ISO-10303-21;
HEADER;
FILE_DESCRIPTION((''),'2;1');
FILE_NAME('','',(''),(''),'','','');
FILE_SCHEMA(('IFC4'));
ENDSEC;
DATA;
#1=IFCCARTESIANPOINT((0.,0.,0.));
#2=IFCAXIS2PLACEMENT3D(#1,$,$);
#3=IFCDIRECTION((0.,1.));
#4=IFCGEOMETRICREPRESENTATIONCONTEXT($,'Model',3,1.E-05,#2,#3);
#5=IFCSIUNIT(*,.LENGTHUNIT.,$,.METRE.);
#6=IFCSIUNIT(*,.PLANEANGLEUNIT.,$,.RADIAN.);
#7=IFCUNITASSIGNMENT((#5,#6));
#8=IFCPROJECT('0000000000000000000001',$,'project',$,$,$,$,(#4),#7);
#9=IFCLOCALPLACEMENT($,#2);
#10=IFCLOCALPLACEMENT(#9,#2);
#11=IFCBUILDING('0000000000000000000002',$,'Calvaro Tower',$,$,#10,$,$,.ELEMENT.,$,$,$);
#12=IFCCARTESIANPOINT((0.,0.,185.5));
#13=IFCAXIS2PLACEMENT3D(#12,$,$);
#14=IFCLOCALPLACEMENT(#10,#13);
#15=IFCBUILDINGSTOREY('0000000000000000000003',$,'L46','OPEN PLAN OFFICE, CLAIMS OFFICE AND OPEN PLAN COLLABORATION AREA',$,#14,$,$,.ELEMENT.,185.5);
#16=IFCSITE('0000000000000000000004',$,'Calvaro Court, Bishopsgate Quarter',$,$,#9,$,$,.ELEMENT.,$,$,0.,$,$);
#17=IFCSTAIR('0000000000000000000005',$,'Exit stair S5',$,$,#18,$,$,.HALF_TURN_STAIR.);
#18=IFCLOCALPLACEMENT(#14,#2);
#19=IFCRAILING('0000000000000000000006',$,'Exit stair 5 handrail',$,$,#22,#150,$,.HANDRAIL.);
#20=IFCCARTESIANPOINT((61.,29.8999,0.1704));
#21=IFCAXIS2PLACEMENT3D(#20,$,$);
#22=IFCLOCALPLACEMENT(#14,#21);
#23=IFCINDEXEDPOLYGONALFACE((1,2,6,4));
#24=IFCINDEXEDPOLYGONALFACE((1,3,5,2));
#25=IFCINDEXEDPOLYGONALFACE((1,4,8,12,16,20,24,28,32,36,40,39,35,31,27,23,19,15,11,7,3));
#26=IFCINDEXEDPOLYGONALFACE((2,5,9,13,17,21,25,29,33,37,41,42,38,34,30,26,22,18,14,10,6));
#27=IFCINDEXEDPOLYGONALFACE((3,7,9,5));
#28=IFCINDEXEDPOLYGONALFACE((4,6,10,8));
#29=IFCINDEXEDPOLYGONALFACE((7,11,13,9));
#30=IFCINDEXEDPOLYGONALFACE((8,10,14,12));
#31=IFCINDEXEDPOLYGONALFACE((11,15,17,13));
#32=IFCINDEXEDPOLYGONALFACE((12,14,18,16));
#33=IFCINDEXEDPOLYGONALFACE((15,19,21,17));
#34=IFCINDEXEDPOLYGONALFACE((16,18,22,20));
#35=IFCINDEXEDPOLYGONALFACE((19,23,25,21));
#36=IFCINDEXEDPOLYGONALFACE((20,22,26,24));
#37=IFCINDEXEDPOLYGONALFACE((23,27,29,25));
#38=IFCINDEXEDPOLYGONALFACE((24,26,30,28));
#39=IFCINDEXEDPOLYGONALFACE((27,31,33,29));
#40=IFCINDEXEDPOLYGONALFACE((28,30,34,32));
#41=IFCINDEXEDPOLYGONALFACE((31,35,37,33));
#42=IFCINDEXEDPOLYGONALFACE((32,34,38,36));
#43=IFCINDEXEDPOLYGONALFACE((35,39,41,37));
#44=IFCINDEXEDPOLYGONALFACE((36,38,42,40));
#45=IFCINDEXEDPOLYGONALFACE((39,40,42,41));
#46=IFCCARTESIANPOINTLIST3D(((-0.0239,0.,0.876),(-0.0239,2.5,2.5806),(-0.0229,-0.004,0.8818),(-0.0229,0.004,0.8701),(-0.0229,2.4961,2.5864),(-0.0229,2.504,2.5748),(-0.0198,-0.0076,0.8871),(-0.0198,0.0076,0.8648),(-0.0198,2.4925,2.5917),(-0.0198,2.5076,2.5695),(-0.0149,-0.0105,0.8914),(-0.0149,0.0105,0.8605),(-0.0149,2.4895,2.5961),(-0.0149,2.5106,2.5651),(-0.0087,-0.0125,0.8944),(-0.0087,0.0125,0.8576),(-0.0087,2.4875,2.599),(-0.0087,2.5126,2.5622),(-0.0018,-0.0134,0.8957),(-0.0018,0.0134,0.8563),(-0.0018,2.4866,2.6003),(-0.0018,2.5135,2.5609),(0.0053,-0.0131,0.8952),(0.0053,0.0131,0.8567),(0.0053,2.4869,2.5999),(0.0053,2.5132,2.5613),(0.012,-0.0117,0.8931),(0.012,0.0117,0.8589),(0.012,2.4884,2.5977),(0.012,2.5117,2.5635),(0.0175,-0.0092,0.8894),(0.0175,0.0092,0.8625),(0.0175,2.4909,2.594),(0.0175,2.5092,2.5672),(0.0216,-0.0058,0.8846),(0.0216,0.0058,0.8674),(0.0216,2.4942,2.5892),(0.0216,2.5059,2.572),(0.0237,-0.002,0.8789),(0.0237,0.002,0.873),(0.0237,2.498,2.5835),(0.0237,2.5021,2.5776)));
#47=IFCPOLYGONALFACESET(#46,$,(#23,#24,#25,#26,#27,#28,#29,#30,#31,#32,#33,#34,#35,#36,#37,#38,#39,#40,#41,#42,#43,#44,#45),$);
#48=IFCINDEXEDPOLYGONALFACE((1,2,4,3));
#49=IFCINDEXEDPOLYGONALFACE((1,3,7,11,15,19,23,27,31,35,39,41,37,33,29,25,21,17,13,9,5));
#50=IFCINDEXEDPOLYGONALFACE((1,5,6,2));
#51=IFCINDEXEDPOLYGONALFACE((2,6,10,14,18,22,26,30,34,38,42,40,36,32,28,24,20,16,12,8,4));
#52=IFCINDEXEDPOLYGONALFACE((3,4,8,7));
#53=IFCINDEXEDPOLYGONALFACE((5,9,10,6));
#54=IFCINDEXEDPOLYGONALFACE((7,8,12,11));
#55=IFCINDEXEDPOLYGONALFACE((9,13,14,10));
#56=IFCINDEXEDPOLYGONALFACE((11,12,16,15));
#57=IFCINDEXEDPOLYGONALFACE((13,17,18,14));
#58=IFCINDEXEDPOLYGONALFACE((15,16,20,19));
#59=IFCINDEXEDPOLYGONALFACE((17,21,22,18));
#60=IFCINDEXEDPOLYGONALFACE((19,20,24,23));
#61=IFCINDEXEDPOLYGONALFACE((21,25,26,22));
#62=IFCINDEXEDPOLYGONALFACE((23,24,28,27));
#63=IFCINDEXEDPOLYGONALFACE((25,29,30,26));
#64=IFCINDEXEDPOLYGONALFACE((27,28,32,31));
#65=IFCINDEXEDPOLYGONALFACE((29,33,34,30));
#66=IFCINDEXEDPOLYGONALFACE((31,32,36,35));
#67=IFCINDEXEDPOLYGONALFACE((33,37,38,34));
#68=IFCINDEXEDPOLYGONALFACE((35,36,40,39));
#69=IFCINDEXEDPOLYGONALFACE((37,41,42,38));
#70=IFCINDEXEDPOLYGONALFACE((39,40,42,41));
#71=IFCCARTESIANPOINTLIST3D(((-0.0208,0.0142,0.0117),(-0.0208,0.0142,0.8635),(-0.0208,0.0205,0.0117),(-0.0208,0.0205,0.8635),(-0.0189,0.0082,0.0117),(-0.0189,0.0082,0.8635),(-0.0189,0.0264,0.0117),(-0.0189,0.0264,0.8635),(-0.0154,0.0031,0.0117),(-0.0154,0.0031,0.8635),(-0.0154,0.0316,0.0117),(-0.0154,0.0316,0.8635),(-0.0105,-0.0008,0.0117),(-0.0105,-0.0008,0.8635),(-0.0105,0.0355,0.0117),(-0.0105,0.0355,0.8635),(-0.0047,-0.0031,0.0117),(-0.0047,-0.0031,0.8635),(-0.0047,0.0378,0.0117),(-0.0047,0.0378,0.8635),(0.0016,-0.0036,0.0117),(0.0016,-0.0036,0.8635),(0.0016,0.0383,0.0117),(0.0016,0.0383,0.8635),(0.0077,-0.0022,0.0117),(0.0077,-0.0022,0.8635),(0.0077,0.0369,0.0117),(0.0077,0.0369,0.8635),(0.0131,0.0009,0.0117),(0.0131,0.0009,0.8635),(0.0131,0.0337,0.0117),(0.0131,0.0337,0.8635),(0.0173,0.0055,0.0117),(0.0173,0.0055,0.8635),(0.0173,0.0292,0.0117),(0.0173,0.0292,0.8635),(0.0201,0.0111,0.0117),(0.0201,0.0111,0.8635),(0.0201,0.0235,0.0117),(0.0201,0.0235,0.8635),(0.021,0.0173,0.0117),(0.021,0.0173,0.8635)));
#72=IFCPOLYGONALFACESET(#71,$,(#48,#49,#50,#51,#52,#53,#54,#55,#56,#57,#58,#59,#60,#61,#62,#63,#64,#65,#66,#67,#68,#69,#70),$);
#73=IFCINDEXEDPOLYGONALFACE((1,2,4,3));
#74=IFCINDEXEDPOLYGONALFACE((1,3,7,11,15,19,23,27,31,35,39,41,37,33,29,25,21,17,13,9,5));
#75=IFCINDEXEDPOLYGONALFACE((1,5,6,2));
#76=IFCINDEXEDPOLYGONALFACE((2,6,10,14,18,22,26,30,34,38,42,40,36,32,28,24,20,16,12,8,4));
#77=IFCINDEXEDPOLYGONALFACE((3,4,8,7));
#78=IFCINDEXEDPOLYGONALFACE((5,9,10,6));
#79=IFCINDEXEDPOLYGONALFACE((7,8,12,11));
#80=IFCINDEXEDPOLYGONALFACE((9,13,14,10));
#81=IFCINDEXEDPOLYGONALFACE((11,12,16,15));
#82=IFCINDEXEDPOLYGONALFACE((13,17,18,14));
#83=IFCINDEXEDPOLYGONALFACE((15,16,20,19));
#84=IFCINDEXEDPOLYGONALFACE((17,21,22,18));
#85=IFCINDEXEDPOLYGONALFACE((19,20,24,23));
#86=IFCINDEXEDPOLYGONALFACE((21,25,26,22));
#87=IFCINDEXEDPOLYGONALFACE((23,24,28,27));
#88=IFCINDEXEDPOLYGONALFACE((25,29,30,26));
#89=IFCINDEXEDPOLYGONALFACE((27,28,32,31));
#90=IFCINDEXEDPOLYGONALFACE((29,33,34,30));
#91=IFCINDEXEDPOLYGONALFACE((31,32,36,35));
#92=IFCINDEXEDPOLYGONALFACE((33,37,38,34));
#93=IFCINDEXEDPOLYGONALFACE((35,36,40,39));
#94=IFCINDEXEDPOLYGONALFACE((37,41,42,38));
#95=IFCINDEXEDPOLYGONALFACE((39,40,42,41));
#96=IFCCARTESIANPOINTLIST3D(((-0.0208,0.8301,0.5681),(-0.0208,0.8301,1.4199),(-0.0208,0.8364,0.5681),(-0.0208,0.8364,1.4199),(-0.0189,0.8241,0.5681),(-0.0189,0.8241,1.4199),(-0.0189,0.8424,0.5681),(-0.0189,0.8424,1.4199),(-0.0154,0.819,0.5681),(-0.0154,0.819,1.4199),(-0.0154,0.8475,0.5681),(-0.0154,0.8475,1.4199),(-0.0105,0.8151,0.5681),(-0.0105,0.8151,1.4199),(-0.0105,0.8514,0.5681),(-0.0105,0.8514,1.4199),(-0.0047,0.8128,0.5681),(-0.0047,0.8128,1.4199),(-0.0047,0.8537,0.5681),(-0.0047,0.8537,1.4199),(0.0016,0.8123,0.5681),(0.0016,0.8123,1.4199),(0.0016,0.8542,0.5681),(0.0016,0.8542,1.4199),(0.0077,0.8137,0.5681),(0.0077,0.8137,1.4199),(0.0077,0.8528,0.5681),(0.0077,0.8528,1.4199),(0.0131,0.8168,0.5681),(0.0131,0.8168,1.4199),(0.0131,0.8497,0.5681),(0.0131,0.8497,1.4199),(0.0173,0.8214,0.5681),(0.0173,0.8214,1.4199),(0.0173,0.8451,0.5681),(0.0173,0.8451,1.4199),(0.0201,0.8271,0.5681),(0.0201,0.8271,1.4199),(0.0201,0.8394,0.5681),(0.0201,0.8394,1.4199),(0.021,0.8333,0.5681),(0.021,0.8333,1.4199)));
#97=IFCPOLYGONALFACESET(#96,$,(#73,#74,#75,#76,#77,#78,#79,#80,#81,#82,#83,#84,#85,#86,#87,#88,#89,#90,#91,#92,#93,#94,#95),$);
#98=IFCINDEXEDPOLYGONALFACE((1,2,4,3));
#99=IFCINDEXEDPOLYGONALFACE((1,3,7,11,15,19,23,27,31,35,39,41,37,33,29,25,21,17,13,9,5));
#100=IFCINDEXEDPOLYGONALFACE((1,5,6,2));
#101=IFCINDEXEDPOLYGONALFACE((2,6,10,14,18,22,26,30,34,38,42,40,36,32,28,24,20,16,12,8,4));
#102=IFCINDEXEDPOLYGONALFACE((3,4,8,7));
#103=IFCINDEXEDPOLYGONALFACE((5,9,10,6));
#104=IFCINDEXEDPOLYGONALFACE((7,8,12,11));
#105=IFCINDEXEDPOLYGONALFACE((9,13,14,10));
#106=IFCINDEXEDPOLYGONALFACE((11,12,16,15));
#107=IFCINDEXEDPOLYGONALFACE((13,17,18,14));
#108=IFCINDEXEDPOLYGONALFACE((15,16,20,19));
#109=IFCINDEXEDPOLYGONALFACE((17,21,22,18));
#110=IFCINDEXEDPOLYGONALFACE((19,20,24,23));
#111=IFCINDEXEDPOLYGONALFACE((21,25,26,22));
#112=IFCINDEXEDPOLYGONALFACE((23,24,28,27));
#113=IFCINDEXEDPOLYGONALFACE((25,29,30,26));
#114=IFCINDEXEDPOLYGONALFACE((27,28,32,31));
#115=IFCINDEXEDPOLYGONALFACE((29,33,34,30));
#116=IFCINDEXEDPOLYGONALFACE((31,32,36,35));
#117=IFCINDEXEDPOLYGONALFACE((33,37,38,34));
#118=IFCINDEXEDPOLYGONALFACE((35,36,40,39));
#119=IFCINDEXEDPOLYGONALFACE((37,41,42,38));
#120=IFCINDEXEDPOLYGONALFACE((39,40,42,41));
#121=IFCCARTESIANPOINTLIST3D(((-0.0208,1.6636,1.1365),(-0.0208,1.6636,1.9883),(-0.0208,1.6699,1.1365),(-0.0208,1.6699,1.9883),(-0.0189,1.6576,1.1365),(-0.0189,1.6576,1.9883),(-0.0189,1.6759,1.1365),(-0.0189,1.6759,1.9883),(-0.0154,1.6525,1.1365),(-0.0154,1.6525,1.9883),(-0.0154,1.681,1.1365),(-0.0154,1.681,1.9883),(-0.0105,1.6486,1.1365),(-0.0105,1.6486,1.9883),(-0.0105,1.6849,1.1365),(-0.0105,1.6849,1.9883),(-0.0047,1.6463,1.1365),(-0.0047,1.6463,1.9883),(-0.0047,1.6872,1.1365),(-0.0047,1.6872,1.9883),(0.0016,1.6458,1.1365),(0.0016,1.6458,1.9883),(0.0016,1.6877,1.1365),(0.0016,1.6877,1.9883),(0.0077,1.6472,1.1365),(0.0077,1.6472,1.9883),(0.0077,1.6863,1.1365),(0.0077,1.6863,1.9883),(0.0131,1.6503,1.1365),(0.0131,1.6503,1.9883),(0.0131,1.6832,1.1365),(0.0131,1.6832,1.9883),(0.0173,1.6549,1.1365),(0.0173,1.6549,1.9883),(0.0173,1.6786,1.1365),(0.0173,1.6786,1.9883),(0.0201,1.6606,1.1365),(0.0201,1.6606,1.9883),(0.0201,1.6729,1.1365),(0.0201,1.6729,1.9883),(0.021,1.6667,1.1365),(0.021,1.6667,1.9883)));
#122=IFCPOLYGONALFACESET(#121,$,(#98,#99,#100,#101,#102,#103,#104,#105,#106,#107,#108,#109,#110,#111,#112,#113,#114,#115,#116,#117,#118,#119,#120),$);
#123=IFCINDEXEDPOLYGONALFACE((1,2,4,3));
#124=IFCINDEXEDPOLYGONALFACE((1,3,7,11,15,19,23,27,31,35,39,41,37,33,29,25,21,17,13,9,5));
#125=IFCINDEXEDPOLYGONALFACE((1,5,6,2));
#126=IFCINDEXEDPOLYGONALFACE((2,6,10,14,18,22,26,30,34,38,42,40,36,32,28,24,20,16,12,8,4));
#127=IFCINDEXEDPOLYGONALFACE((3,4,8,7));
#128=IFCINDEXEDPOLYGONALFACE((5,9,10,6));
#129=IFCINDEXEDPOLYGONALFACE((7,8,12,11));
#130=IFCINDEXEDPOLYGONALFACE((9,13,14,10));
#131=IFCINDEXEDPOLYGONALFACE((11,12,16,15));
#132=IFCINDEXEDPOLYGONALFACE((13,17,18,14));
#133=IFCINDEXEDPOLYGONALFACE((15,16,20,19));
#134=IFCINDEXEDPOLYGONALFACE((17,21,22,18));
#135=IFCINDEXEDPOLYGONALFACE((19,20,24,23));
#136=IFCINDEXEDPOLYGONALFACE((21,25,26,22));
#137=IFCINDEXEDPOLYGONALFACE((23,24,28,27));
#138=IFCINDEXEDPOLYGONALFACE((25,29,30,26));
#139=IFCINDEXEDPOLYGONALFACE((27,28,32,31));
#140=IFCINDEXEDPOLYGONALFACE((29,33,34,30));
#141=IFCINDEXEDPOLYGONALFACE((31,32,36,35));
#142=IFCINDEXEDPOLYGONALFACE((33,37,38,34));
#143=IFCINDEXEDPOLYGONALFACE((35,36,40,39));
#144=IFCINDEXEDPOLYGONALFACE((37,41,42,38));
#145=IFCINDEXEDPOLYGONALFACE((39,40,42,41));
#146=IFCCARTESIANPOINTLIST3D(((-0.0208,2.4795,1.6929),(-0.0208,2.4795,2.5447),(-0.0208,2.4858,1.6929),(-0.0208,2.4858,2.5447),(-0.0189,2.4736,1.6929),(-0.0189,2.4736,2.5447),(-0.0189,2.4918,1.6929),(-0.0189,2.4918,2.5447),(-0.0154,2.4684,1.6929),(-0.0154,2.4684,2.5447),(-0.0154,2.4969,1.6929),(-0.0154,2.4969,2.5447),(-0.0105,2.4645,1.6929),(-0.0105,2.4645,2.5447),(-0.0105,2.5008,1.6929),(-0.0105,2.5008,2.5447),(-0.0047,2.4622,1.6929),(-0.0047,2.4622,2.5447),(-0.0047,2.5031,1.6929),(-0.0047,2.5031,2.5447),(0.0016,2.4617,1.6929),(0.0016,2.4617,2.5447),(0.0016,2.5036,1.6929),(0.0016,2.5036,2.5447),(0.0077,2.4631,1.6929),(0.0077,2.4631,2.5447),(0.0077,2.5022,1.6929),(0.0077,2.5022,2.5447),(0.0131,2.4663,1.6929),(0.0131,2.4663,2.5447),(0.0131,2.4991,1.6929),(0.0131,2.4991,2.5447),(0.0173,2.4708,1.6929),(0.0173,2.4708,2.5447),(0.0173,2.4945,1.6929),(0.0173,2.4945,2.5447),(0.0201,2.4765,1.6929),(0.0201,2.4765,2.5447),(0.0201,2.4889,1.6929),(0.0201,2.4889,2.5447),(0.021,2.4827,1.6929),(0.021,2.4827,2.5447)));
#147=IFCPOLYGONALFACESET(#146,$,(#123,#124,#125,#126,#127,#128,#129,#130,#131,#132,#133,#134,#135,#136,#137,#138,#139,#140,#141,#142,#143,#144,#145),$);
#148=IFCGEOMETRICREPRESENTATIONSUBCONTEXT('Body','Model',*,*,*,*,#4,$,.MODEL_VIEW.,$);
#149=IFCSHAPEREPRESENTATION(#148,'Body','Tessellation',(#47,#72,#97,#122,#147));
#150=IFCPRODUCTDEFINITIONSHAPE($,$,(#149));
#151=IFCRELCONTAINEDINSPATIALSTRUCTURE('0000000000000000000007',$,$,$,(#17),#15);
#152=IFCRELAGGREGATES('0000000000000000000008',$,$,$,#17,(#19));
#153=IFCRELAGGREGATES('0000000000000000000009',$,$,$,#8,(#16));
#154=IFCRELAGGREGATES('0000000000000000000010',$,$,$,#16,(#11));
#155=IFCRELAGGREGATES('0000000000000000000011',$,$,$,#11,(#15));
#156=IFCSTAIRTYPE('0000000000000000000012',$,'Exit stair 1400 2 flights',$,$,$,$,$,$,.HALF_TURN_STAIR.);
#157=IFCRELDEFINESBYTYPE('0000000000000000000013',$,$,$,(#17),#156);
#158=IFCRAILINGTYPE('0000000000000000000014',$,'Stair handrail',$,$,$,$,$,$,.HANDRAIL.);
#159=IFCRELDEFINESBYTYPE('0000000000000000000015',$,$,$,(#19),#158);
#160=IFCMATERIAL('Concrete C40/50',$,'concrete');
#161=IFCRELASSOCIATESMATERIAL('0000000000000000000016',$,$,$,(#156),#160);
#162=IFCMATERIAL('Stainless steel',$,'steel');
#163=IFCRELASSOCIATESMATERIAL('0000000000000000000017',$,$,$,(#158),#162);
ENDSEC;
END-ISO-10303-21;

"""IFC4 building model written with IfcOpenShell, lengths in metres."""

from ifc_helpers import new_model, si_unit, direction, frame, origin, origin_2d, place, context, subcontext, project, spatial, circle, extrude, material, type_object, element, aggregate, save


model = new_model("IFC4")

# Units and contexts
model_context = context("Model", 3, precision=1e-05, world=origin(), true_north=direction((0.0, 1.0)))
body_context = subcontext(model_context, "Body", "Model", "MODEL_VIEW")
ifc_project = project(units=[si_unit("LENGTHUNIT", "METRE"), si_unit("PLANEANGLEUNIT", "RADIAN")], contexts=[model_context])

# Site, building, storey
site_placement = place(None, origin())
site = spatial("IfcSite", under=ifc_project, at=site_placement, Name="Calvaro Court, Bishopsgate Quarter", CompositionType="ELEMENT", RefElevation=0.0)
building_placement = place(site_placement, origin())
building = spatial("IfcBuilding", under=site, at=building_placement, Name="Calvaro Tower", CompositionType="ELEMENT")
storey_placement = place(building_placement, frame((0.0, 0.0, 185.5)))
storey = spatial("IfcBuildingStorey", under=building, at=storey_placement, Name="L46", Description="OPEN PLAN OFFICE, CLAIMS OFFICE AND OPEN PLAN COLLABORATION AREA", CompositionType="ELEMENT", Elevation=185.5)

# Stair
ifc_material_1 = material(Name="Concrete C40/50", Category="concrete")
stair_type = type_object("IfcStairType", Name="Exit stair 1400 2 flights", PredefinedType="HALF_TURN_STAIR", material=ifc_material_1)
stair_1_placement = place(storey_placement, origin())
stair_1 = element("IfcStair", 1, at=stair_1_placement, inside=storey, type_object=stair_type, Name="Exit stair S5", PredefinedType="HALF_TURN_STAIR")

# Railing
ifc_material_2 = material(Name="Stainless steel", Category="steel")
railing_type = type_object("IfcRailingType", Name="Stair handrail", PredefinedType="HANDRAIL", material=ifc_material_2)
railing_1_placement = place(storey_placement, frame((61.0, 29.8999, 0.1704)))
railing_1 = element("IfcRailing", 2, at=railing_1_placement, type_object=railing_type, Name="Exit stair 5 handrail", PredefinedType="HANDRAIL", context=body_context, shape_type="SweptSolid", body=[
    extrude(circle(Radius=0.0239, at=origin_2d()), frame((0.0, 0.0, 0.876), z_axis=(0.0, 0.826221, 0.563347), x_axis=(-1.0, 0.0, 0.0)), (0.0, 0.0, 1.0), 3.0259),
    extrude(circle(Radius=0.021, at=origin_2d()), frame((0.0, 0.0173, 0.0117)), (0.0, 0.0, 1.0), 0.8518),
    extrude(circle(Radius=0.021, at=origin_2d()), frame((0.0, 0.8333, 0.5681)), (0.0, 0.0, 1.0), 0.8518),
    extrude(circle(Radius=0.021, at=origin_2d()), frame((0.0, 1.6667, 1.1365)), (0.0, 0.0, 1.0), 0.8518),
    extrude(circle(Radius=0.021, at=origin_2d()), frame((0.0, 2.4827, 1.6929)), (0.0, 0.0, 1.0), 0.8518),
])
aggregate(stair_1, [railing_1])

save(model, "model.ifc")
